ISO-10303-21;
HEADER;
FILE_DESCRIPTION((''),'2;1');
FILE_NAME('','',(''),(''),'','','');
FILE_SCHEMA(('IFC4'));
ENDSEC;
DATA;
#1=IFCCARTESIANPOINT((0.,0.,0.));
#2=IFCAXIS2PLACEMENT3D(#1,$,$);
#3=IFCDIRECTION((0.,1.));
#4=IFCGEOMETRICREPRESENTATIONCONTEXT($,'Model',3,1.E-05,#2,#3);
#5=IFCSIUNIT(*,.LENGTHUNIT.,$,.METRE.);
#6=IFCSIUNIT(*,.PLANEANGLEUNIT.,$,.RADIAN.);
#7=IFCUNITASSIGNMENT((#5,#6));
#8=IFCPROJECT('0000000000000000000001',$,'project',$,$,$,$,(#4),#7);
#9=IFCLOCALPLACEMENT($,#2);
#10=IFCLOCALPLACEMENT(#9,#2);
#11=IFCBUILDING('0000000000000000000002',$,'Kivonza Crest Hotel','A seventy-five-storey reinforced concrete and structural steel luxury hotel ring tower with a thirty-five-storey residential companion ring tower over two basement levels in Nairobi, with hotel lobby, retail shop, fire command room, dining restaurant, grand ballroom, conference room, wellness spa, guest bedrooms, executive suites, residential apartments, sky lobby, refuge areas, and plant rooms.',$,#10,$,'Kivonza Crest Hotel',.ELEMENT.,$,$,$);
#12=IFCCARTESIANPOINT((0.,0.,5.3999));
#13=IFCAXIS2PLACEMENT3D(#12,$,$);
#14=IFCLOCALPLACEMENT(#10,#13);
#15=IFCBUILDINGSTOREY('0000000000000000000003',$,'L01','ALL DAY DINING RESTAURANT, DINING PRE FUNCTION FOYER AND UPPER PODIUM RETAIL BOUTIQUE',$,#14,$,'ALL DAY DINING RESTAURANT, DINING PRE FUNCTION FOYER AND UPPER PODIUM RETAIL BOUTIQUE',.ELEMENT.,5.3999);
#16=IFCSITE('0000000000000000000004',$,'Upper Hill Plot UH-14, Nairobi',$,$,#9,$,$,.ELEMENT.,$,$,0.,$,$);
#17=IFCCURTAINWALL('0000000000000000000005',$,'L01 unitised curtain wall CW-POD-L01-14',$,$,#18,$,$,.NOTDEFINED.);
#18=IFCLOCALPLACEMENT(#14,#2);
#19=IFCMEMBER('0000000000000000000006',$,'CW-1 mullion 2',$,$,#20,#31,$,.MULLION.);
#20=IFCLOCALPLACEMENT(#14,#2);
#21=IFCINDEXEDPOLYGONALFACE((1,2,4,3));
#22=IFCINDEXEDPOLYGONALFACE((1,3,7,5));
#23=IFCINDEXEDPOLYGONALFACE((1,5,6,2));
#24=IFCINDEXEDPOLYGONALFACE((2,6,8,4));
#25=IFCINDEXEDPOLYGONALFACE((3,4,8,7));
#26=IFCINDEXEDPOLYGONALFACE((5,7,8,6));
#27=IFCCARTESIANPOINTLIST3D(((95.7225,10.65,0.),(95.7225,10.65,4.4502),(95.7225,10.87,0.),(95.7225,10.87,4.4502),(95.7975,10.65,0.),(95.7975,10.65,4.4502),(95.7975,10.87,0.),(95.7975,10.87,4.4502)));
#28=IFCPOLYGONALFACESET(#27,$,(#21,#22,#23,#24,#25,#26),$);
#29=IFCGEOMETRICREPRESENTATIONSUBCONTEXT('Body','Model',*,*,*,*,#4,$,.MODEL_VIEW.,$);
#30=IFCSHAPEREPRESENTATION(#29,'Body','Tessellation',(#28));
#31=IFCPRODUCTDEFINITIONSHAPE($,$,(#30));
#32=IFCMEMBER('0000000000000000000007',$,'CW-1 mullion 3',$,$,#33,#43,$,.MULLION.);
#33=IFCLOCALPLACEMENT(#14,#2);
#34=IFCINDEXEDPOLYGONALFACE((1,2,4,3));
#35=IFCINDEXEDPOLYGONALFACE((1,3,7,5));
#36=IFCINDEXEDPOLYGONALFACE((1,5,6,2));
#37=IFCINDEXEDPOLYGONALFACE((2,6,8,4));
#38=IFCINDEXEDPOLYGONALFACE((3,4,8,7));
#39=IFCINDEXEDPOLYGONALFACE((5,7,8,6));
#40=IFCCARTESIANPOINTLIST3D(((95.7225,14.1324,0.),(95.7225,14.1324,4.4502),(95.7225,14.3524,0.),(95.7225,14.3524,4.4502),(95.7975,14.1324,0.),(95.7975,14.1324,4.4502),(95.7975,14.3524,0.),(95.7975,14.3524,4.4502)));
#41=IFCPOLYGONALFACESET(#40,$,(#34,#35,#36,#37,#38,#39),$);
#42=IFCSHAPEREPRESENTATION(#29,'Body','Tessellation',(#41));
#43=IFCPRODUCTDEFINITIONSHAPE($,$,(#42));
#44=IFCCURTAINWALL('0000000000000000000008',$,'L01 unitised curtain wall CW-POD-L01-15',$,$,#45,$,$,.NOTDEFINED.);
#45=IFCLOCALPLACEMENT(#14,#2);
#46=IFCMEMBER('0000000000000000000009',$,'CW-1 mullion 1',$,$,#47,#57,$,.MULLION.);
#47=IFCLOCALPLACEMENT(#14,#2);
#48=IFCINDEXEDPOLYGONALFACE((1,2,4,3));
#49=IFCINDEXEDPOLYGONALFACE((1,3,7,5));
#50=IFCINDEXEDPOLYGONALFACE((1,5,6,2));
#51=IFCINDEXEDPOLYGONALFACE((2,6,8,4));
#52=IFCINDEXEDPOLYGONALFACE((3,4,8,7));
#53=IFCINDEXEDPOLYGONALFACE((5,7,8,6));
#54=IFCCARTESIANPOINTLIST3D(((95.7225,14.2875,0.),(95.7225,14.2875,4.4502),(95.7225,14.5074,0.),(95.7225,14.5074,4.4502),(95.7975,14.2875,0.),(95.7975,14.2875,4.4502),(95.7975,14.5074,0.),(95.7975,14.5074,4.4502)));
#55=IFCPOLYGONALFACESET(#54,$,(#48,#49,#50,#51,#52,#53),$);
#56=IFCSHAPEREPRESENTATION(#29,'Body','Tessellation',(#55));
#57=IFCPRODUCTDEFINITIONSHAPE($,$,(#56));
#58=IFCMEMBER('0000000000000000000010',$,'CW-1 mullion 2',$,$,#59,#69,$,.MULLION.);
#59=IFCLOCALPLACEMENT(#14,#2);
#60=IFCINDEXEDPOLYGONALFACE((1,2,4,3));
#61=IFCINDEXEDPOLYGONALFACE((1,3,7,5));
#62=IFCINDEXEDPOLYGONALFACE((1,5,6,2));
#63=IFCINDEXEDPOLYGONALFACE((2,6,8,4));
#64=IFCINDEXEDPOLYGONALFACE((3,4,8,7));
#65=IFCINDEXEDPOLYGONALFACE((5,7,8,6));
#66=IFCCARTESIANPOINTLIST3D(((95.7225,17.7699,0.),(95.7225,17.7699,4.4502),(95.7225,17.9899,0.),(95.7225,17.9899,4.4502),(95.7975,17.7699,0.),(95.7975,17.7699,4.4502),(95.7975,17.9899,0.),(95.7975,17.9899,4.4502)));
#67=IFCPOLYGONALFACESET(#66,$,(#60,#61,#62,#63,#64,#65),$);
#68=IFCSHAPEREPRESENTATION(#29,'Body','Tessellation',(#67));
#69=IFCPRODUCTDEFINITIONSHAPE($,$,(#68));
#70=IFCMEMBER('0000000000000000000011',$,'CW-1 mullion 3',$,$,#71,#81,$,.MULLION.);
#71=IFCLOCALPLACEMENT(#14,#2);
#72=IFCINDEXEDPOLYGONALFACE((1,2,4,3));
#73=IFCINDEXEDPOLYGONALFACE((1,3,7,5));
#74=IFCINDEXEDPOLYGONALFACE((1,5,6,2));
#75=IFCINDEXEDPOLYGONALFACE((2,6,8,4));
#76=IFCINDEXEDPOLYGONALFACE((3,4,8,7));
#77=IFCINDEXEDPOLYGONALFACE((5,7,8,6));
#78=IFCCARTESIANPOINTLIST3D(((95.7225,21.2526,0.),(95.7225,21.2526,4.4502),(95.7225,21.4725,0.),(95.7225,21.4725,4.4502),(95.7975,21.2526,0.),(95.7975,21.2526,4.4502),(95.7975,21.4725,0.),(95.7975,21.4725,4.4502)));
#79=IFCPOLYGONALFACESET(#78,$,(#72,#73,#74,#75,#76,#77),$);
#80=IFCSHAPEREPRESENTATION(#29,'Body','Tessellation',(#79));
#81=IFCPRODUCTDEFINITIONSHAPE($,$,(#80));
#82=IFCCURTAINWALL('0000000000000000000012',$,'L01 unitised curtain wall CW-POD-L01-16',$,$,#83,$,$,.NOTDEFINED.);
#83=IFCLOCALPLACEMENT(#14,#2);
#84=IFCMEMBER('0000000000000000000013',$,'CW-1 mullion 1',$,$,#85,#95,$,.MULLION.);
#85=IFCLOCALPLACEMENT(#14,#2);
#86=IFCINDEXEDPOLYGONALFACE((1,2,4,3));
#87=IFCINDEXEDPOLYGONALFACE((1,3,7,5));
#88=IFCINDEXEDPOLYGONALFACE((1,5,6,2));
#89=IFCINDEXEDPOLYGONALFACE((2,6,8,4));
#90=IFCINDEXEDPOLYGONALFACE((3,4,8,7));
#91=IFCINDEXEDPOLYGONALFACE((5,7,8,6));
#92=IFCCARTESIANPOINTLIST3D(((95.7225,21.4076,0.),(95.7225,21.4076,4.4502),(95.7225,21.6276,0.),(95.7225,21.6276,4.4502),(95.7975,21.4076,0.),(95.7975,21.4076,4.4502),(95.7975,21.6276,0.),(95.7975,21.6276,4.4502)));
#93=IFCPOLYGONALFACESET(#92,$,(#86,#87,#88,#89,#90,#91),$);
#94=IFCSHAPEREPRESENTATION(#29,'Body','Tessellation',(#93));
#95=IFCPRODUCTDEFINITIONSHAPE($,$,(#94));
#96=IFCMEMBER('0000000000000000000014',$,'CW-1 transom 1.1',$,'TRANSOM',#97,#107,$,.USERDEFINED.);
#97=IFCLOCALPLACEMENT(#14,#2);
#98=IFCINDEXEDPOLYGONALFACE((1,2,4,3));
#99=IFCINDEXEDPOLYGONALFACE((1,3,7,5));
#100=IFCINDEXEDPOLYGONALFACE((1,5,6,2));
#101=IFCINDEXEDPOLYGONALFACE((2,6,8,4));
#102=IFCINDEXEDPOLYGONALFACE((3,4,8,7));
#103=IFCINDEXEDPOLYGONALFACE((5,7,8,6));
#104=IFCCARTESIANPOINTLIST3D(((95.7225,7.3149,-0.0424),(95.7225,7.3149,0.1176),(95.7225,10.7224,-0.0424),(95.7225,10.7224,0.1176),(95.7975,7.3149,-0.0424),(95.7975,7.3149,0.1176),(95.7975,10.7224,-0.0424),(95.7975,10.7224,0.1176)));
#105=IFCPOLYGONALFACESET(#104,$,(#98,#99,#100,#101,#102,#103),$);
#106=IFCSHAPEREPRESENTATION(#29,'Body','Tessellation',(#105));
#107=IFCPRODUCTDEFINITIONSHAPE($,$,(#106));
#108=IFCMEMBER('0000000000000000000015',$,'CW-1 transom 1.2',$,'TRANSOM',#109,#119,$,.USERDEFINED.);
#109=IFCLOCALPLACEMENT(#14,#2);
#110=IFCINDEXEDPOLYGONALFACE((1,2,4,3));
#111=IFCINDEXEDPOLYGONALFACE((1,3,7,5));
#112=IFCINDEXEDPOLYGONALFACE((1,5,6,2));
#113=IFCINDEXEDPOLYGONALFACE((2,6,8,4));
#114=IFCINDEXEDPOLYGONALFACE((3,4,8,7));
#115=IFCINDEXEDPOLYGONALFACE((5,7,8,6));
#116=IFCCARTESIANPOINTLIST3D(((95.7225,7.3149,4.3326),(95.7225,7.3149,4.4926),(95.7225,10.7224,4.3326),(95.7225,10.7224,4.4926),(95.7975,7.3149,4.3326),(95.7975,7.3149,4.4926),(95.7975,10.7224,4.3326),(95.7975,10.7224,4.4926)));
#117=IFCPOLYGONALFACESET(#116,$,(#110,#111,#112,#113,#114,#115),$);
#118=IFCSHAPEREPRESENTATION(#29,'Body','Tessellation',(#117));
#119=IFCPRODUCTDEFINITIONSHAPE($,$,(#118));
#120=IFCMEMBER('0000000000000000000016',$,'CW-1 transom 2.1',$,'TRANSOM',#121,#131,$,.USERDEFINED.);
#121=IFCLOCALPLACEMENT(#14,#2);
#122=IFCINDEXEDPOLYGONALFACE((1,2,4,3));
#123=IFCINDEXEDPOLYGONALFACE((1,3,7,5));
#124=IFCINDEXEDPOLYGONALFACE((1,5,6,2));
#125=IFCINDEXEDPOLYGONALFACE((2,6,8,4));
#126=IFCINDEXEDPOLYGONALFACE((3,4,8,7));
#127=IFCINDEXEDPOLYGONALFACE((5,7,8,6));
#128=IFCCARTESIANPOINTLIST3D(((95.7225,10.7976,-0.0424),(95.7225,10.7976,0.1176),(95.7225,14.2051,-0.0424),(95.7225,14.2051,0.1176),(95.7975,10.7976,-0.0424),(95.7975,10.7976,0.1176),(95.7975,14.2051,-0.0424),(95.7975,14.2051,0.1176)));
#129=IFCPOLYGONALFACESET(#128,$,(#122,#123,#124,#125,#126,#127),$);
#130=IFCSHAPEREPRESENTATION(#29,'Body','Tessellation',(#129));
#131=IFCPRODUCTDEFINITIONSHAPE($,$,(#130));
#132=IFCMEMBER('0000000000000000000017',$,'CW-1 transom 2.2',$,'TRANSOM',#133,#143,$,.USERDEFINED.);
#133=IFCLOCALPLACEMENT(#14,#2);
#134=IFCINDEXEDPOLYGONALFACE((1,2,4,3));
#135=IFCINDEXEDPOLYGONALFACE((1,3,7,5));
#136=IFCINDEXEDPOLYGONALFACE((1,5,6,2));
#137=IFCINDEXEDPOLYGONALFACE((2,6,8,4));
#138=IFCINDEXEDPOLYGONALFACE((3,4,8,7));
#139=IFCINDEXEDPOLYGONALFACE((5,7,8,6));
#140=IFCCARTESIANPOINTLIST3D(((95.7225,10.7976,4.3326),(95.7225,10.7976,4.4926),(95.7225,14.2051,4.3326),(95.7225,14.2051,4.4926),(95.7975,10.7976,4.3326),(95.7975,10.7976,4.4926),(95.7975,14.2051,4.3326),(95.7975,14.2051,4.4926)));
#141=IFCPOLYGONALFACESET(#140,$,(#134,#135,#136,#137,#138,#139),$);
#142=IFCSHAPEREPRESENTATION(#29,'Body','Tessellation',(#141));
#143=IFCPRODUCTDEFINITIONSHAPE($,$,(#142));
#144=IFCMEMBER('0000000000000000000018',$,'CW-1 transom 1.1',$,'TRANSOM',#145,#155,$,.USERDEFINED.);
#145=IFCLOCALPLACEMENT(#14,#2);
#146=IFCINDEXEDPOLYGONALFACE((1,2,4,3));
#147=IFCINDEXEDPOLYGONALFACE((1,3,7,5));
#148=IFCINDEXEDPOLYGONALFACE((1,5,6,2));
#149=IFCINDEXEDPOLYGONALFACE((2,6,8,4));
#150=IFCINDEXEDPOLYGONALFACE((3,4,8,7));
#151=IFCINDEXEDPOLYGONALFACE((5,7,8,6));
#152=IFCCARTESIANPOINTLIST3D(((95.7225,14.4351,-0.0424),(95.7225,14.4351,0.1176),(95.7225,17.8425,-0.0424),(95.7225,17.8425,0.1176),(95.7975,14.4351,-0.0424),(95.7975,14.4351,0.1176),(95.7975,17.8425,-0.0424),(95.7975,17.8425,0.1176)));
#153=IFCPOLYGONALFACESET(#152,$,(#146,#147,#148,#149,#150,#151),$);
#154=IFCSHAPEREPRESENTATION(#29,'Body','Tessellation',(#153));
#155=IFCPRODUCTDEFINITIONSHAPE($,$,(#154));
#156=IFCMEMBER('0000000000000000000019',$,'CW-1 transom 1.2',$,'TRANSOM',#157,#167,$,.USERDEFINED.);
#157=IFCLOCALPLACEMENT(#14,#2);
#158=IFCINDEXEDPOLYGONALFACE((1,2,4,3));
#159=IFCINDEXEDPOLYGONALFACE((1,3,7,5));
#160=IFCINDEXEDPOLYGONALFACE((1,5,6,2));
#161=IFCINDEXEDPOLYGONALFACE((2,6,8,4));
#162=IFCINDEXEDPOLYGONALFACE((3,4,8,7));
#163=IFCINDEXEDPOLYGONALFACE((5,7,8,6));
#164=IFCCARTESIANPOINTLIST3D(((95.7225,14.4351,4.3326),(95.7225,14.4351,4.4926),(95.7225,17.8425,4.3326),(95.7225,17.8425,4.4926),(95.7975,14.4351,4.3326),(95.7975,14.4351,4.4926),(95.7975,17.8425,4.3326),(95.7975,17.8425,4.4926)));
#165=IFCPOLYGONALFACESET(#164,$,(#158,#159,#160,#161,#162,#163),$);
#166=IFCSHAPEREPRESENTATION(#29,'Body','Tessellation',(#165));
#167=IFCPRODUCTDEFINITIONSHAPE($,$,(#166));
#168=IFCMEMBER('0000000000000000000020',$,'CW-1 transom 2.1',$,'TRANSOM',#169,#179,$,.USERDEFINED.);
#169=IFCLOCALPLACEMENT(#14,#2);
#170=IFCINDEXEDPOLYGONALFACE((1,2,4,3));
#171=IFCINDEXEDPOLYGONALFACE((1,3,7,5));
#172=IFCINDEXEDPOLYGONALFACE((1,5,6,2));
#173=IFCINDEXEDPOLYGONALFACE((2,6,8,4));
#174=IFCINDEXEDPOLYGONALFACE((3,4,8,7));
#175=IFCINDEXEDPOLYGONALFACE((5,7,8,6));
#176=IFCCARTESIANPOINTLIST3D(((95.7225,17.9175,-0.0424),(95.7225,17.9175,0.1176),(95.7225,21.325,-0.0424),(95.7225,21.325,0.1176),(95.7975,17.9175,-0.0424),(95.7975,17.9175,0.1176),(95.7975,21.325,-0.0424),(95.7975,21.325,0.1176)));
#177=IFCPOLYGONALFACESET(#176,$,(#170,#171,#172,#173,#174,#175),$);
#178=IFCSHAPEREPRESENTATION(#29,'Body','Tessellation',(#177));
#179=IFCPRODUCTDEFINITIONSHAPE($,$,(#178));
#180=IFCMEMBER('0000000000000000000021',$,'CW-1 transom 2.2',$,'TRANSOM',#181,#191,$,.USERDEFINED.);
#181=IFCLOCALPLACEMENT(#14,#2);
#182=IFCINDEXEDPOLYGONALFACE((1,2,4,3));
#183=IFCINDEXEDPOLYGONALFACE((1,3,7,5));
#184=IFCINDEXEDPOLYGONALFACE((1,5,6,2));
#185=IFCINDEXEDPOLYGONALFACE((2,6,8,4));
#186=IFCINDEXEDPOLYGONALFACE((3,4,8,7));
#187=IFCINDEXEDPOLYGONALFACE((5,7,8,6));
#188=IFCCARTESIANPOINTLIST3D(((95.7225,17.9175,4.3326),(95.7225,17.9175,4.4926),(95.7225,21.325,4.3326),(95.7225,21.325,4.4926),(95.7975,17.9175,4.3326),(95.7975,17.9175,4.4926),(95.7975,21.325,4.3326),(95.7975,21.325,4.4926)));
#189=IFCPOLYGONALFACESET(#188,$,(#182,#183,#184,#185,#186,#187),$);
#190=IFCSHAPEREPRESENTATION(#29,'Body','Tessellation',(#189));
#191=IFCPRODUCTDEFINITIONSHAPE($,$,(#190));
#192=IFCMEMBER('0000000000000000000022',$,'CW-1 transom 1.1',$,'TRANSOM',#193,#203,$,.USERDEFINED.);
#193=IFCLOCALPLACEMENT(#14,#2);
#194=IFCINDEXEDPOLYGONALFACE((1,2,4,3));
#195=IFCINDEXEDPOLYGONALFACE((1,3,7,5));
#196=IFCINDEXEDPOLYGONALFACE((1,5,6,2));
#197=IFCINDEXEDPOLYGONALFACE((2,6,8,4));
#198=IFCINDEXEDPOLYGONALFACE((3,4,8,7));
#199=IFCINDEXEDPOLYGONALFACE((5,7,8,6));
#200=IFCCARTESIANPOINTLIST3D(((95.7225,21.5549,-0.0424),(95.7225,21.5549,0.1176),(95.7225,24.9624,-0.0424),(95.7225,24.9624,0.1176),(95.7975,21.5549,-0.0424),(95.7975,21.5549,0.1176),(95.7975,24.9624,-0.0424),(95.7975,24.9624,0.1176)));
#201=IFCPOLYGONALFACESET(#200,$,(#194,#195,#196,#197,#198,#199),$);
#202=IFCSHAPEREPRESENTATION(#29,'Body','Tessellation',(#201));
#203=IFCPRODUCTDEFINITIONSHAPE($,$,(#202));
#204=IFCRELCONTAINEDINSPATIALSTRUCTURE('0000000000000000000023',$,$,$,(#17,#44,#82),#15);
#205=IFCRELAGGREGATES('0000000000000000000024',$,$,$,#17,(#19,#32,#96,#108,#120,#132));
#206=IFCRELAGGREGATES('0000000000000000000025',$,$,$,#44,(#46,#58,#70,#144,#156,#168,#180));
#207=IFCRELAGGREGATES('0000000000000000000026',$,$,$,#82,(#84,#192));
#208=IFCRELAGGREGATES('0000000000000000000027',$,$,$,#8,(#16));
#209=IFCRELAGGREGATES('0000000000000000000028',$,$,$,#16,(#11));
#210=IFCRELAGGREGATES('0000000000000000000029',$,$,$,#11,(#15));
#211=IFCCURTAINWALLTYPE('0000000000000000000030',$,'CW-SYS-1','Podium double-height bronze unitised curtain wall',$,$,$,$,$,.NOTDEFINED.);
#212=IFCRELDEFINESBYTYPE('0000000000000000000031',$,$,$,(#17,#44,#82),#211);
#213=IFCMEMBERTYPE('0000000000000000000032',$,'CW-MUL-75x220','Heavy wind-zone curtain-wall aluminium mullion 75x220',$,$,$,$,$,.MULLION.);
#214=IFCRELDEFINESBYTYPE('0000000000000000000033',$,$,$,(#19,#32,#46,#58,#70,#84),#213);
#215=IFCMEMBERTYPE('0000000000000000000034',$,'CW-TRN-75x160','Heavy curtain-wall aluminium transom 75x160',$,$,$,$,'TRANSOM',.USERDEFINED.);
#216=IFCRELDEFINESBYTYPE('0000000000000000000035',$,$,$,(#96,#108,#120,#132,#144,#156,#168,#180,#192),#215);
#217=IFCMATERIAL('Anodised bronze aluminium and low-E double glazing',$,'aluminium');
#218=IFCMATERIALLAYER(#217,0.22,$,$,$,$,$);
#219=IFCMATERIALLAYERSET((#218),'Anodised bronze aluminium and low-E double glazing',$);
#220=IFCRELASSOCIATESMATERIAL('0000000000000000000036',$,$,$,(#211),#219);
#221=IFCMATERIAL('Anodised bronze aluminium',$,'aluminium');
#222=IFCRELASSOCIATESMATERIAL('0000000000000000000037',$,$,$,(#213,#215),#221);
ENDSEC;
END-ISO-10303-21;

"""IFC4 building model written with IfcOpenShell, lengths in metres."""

from ifc_helpers import new_model, si_unit, direction, frame, origin, origin_2d, place, context, subcontext, project, spatial, rectangle, extrude, material, layer, layer_set, material_profile, profile_set, type_object, element, aggregate, save


model = new_model("IFC4")

# Units and contexts
model_context = context("Model", 3, precision=1e-05, world=origin(), true_north=direction((0.0, 1.0)))
body_context = subcontext(model_context, "Body", "Model", "MODEL_VIEW")
ifc_project = project(units=[si_unit("LENGTHUNIT", "METRE"), si_unit("PLANEANGLEUNIT", "RADIAN")], contexts=[model_context])

# Site, building, storey
site_placement = place(None, origin())
site = spatial("IfcSite", under=ifc_project, at=site_placement, Name="Upper Hill Plot UH-14, Nairobi", CompositionType="ELEMENT", RefElevation=0.0)
building_placement = place(site_placement, origin())
building = spatial("IfcBuilding", under=site, at=building_placement, Name="Kivonza Crest Hotel", Description="A seventy-five-storey reinforced concrete and structural steel luxury hotel ring tower with a thirty-five-storey residential companion ring tower over two basement levels in Nairobi, with hotel lobby, retail shop, fire command room, dining restaurant, grand ballroom, conference room, wellness spa, guest bedrooms, executive suites, residential apartments, sky lobby, refuge areas, and plant rooms.", LongName="Kivonza Crest Hotel", CompositionType="ELEMENT")
storey_placement = place(building_placement, frame((0.0, 0.0, 5.3999)))
storey = spatial("IfcBuildingStorey", under=building, at=storey_placement, Name="L01", Description="ALL DAY DINING RESTAURANT, DINING PRE FUNCTION FOYER AND UPPER PODIUM RETAIL BOUTIQUE", LongName="ALL DAY DINING RESTAURANT, DINING PRE FUNCTION FOYER AND UPPER PODIUM RETAIL BOUTIQUE", CompositionType="ELEMENT", Elevation=5.3999)

# Curtain walls, members
ifc_material_1 = material(Name="Anodised bronze aluminium and low-E double glazing", Category="aluminium")
ifc_layer_1 = layer(ifc_material_1, 0.22)
ifc_layer_set_1 = layer_set([ifc_layer_1], Name="Anodised bronze aluminium and low-E double glazing")
curtain_wall_type = type_object("IfcCurtainWallType", Name="CW-SYS-1", Description="Podium double-height bronze unitised curtain wall", PredefinedType="NOTDEFINED", material=ifc_layer_set_1)
curtain_wall_1_placement = place(storey_placement, origin())
curtain_wall_1 = element("IfcCurtainWall", 1, at=curtain_wall_1_placement, inside=storey, type_object=curtain_wall_type, Name="L01 unitised curtain wall CW-POD-L01-14", PredefinedType="NOTDEFINED")
ifc_material_2 = material(Name="Anodised bronze aluminium", Category="aluminium")
ifc_material_profile_1 = material_profile(ifc_material_2, rectangle(XDim=0.075, YDim=0.22, at=origin_2d()), Name="CW-M 75x220")
ifc_profile_set_1 = profile_set([ifc_material_profile_1], Name="Anodised bronze aluminium")
member_type_1 = type_object("IfcMemberType", Name="CW-MUL-75x220", Description="Heavy wind-zone curtain-wall aluminium mullion 75x220", PredefinedType="MULLION", material=ifc_profile_set_1)
member_1_placement = place(storey_placement, frame((95.76, 10.76, 0.0), z_axis=(0.0, 0.0, 1.0), x_axis=(-1.0, 0.0, 0.0)))
member_1 = element("IfcMember", 2, at=member_1_placement, type_object=member_type_1, Name="CW-1 mullion 2", PredefinedType="MULLION", context=body_context, shape_type="SweptSolid", body=[
    extrude(rectangle(XDim=0.075, YDim=0.22, at=origin_2d()), origin(), (0.0, 0.0, 1.0), 4.4502),
])
member_2_placement = place(storey_placement, frame((95.76, 14.2424, 0.0), z_axis=(0.0, 0.0, 1.0), x_axis=(-1.0, 0.0, 0.0)))
member_2 = element("IfcMember", 3, at=member_2_placement, type_object=member_type_1, Name="CW-1 mullion 3", PredefinedType="MULLION", context=body_context, shape_type="SweptSolid", body=[
    extrude(rectangle(XDim=0.075, YDim=0.22, at=origin_2d()), origin(), (0.0, 0.0, 1.0), 4.4502),
])
curtain_wall_2_placement = place(storey_placement, origin())
curtain_wall_2 = element("IfcCurtainWall", 4, at=curtain_wall_2_placement, inside=storey, type_object=curtain_wall_type, Name="L01 unitised curtain wall CW-POD-L01-15", PredefinedType="NOTDEFINED")
member_3_placement = place(storey_placement, frame((95.76, 14.3975, 0.0), z_axis=(0.0, 0.0, 1.0), x_axis=(-1.0, 0.0, 0.0)))
member_3 = element("IfcMember", 5, at=member_3_placement, type_object=member_type_1, Name="CW-1 mullion 1", PredefinedType="MULLION", context=body_context, shape_type="SweptSolid", body=[
    extrude(rectangle(XDim=0.075, YDim=0.22, at=origin_2d()), origin(), (0.0, 0.0, 1.0), 4.4502),
])
member_4_placement = place(storey_placement, frame((95.76, 17.8799, 0.0), z_axis=(0.0, 0.0, 1.0), x_axis=(-1.0, 0.0, 0.0)))
member_4 = element("IfcMember", 6, at=member_4_placement, type_object=member_type_1, Name="CW-1 mullion 2", PredefinedType="MULLION", context=body_context, shape_type="SweptSolid", body=[
    extrude(rectangle(XDim=0.075, YDim=0.22, at=origin_2d()), origin(), (0.0, 0.0, 1.0), 4.4502),
])
member_5_placement = place(storey_placement, frame((95.76, 21.3625, 0.0), z_axis=(0.0, 0.0, 1.0), x_axis=(-1.0, 0.0, 0.0)))
member_5 = element("IfcMember", 7, at=member_5_placement, type_object=member_type_1, Name="CW-1 mullion 3", PredefinedType="MULLION", context=body_context, shape_type="SweptSolid", body=[
    extrude(rectangle(XDim=0.075, YDim=0.22, at=origin_2d()), origin(), (0.0, 0.0, 1.0), 4.4502),
])

# Curtain wall, member
curtain_wall_3_placement = place(storey_placement, origin())
curtain_wall_3 = element("IfcCurtainWall", 8, at=curtain_wall_3_placement, inside=storey, type_object=curtain_wall_type, Name="L01 unitised curtain wall CW-POD-L01-16", PredefinedType="NOTDEFINED")
member_6_placement = place(storey_placement, frame((95.76, 21.5176, 0.0), z_axis=(0.0, 0.0, 1.0), x_axis=(-1.0, 0.0, 0.0)))
member_6 = element("IfcMember", 9, at=member_6_placement, type_object=member_type_1, Name="CW-1 mullion 1", PredefinedType="MULLION", context=body_context, shape_type="SweptSolid", body=[
    extrude(rectangle(XDim=0.075, YDim=0.22, at=origin_2d()), origin(), (0.0, 0.0, 1.0), 4.4502),
])

# Members
ifc_material_profile_2 = material_profile(ifc_material_2, rectangle(XDim=0.075, YDim=0.1599, at=origin_2d()), Name="CW-T 75x160")
ifc_profile_set_2 = profile_set([ifc_material_profile_2], Name="Anodised bronze aluminium")
member_type_2 = type_object("IfcMemberType", Name="CW-TRN-75x160", Description="Heavy curtain-wall aluminium transom 75x160", ElementType="TRANSOM", PredefinedType="USERDEFINED", material=ifc_profile_set_2)
member_7_placement = place(storey_placement, frame((95.76, 7.3149, 0.0376), z_axis=(0.0, 1.0, 0.0), x_axis=(-1.0, 0.0, 0.0)))
member_7 = element("IfcMember", 10, at=member_7_placement, type_object=member_type_2, Name="CW-1 transom 1.1", ObjectType="TRANSOM", PredefinedType="USERDEFINED", context=body_context, shape_type="SweptSolid", body=[
    extrude(rectangle(XDim=0.075, YDim=0.1599, at=origin_2d()), origin(), (0.0, 0.0, 1.0), 3.4075),
])
member_8_placement = place(storey_placement, frame((95.76, 7.3149, 4.4126), z_axis=(0.0, 1.0, 0.0), x_axis=(-1.0, 0.0, 0.0)))
member_8 = element("IfcMember", 11, at=member_8_placement, type_object=member_type_2, Name="CW-1 transom 1.2", ObjectType="TRANSOM", PredefinedType="USERDEFINED", context=body_context, shape_type="SweptSolid", body=[
    extrude(rectangle(XDim=0.075, YDim=0.1599, at=origin_2d()), origin(), (0.0, 0.0, 1.0), 3.4075),
])
member_9_placement = place(storey_placement, frame((95.76, 10.7976, 0.0376), z_axis=(0.0, 1.0, 0.0), x_axis=(-1.0, 0.0, 0.0)))
member_9 = element("IfcMember", 12, at=member_9_placement, type_object=member_type_2, Name="CW-1 transom 2.1", ObjectType="TRANSOM", PredefinedType="USERDEFINED", context=body_context, shape_type="SweptSolid", body=[
    extrude(rectangle(XDim=0.075, YDim=0.1599, at=origin_2d()), origin(), (0.0, 0.0, 1.0), 3.4075),
])
member_10_placement = place(storey_placement, frame((95.76, 10.7976, 4.4126), z_axis=(0.0, 1.0, 0.0), x_axis=(-1.0, 0.0, 0.0)))
member_10 = element("IfcMember", 13, at=member_10_placement, type_object=member_type_2, Name="CW-1 transom 2.2", ObjectType="TRANSOM", PredefinedType="USERDEFINED", context=body_context, shape_type="SweptSolid", body=[
    extrude(rectangle(XDim=0.075, YDim=0.1599, at=origin_2d()), origin(), (0.0, 0.0, 1.0), 3.4075),
])
member_11_placement = place(storey_placement, frame((95.76, 14.4351, 0.0376), z_axis=(0.0, 1.0, 0.0), x_axis=(-1.0, 0.0, 0.0)))
member_11 = element("IfcMember", 14, at=member_11_placement, type_object=member_type_2, Name="CW-1 transom 1.1", ObjectType="TRANSOM", PredefinedType="USERDEFINED", context=body_context, shape_type="SweptSolid", body=[
    extrude(rectangle(XDim=0.075, YDim=0.1599, at=origin_2d()), origin(), (0.0, 0.0, 1.0), 3.4075),
])
member_12_placement = place(storey_placement, frame((95.76, 14.4351, 4.4126), z_axis=(0.0, 1.0, 0.0), x_axis=(-1.0, 0.0, 0.0)))
member_12 = element("IfcMember", 15, at=member_12_placement, type_object=member_type_2, Name="CW-1 transom 1.2", ObjectType="TRANSOM", PredefinedType="USERDEFINED", context=body_context, shape_type="SweptSolid", body=[
    extrude(rectangle(XDim=0.075, YDim=0.1599, at=origin_2d()), origin(), (0.0, 0.0, 1.0), 3.4075),
])
member_13_placement = place(storey_placement, frame((95.76, 17.9175, 0.0376), z_axis=(0.0, 1.0, 0.0), x_axis=(-1.0, 0.0, 0.0)))
member_13 = element("IfcMember", 16, at=member_13_placement, type_object=member_type_2, Name="CW-1 transom 2.1", ObjectType="TRANSOM", PredefinedType="USERDEFINED", context=body_context, shape_type="SweptSolid", body=[
    extrude(rectangle(XDim=0.075, YDim=0.1599, at=origin_2d()), origin(), (0.0, 0.0, 1.0), 3.4075),
])
member_14_placement = place(storey_placement, frame((95.76, 17.9175, 4.4126), z_axis=(0.0, 1.0, 0.0), x_axis=(-1.0, 0.0, 0.0)))
member_14 = element("IfcMember", 17, at=member_14_placement, type_object=member_type_2, Name="CW-1 transom 2.2", ObjectType="TRANSOM", PredefinedType="USERDEFINED", context=body_context, shape_type="SweptSolid", body=[
    extrude(rectangle(XDim=0.075, YDim=0.1599, at=origin_2d()), origin(), (0.0, 0.0, 1.0), 3.4075),
])
member_15_placement = place(storey_placement, frame((95.76, 21.5549, 0.0376), z_axis=(0.0, 1.0, 0.0), x_axis=(-1.0, 0.0, 0.0)))
member_15 = element("IfcMember", 18, at=member_15_placement, type_object=member_type_2, Name="CW-1 transom 1.1", ObjectType="TRANSOM", PredefinedType="USERDEFINED", context=body_context, shape_type="SweptSolid", body=[
    extrude(rectangle(XDim=0.075, YDim=0.1599, at=origin_2d()), origin(), (0.0, 0.0, 1.0), 3.4075),
])

aggregate(curtain_wall_1, [member_1, member_2, member_7, member_8, member_9, member_10])
aggregate(curtain_wall_2, [member_3, member_4, member_5, member_11, member_12, member_13, member_14])
aggregate(curtain_wall_3, [member_6, member_15])

save(model, "model.ifc")
